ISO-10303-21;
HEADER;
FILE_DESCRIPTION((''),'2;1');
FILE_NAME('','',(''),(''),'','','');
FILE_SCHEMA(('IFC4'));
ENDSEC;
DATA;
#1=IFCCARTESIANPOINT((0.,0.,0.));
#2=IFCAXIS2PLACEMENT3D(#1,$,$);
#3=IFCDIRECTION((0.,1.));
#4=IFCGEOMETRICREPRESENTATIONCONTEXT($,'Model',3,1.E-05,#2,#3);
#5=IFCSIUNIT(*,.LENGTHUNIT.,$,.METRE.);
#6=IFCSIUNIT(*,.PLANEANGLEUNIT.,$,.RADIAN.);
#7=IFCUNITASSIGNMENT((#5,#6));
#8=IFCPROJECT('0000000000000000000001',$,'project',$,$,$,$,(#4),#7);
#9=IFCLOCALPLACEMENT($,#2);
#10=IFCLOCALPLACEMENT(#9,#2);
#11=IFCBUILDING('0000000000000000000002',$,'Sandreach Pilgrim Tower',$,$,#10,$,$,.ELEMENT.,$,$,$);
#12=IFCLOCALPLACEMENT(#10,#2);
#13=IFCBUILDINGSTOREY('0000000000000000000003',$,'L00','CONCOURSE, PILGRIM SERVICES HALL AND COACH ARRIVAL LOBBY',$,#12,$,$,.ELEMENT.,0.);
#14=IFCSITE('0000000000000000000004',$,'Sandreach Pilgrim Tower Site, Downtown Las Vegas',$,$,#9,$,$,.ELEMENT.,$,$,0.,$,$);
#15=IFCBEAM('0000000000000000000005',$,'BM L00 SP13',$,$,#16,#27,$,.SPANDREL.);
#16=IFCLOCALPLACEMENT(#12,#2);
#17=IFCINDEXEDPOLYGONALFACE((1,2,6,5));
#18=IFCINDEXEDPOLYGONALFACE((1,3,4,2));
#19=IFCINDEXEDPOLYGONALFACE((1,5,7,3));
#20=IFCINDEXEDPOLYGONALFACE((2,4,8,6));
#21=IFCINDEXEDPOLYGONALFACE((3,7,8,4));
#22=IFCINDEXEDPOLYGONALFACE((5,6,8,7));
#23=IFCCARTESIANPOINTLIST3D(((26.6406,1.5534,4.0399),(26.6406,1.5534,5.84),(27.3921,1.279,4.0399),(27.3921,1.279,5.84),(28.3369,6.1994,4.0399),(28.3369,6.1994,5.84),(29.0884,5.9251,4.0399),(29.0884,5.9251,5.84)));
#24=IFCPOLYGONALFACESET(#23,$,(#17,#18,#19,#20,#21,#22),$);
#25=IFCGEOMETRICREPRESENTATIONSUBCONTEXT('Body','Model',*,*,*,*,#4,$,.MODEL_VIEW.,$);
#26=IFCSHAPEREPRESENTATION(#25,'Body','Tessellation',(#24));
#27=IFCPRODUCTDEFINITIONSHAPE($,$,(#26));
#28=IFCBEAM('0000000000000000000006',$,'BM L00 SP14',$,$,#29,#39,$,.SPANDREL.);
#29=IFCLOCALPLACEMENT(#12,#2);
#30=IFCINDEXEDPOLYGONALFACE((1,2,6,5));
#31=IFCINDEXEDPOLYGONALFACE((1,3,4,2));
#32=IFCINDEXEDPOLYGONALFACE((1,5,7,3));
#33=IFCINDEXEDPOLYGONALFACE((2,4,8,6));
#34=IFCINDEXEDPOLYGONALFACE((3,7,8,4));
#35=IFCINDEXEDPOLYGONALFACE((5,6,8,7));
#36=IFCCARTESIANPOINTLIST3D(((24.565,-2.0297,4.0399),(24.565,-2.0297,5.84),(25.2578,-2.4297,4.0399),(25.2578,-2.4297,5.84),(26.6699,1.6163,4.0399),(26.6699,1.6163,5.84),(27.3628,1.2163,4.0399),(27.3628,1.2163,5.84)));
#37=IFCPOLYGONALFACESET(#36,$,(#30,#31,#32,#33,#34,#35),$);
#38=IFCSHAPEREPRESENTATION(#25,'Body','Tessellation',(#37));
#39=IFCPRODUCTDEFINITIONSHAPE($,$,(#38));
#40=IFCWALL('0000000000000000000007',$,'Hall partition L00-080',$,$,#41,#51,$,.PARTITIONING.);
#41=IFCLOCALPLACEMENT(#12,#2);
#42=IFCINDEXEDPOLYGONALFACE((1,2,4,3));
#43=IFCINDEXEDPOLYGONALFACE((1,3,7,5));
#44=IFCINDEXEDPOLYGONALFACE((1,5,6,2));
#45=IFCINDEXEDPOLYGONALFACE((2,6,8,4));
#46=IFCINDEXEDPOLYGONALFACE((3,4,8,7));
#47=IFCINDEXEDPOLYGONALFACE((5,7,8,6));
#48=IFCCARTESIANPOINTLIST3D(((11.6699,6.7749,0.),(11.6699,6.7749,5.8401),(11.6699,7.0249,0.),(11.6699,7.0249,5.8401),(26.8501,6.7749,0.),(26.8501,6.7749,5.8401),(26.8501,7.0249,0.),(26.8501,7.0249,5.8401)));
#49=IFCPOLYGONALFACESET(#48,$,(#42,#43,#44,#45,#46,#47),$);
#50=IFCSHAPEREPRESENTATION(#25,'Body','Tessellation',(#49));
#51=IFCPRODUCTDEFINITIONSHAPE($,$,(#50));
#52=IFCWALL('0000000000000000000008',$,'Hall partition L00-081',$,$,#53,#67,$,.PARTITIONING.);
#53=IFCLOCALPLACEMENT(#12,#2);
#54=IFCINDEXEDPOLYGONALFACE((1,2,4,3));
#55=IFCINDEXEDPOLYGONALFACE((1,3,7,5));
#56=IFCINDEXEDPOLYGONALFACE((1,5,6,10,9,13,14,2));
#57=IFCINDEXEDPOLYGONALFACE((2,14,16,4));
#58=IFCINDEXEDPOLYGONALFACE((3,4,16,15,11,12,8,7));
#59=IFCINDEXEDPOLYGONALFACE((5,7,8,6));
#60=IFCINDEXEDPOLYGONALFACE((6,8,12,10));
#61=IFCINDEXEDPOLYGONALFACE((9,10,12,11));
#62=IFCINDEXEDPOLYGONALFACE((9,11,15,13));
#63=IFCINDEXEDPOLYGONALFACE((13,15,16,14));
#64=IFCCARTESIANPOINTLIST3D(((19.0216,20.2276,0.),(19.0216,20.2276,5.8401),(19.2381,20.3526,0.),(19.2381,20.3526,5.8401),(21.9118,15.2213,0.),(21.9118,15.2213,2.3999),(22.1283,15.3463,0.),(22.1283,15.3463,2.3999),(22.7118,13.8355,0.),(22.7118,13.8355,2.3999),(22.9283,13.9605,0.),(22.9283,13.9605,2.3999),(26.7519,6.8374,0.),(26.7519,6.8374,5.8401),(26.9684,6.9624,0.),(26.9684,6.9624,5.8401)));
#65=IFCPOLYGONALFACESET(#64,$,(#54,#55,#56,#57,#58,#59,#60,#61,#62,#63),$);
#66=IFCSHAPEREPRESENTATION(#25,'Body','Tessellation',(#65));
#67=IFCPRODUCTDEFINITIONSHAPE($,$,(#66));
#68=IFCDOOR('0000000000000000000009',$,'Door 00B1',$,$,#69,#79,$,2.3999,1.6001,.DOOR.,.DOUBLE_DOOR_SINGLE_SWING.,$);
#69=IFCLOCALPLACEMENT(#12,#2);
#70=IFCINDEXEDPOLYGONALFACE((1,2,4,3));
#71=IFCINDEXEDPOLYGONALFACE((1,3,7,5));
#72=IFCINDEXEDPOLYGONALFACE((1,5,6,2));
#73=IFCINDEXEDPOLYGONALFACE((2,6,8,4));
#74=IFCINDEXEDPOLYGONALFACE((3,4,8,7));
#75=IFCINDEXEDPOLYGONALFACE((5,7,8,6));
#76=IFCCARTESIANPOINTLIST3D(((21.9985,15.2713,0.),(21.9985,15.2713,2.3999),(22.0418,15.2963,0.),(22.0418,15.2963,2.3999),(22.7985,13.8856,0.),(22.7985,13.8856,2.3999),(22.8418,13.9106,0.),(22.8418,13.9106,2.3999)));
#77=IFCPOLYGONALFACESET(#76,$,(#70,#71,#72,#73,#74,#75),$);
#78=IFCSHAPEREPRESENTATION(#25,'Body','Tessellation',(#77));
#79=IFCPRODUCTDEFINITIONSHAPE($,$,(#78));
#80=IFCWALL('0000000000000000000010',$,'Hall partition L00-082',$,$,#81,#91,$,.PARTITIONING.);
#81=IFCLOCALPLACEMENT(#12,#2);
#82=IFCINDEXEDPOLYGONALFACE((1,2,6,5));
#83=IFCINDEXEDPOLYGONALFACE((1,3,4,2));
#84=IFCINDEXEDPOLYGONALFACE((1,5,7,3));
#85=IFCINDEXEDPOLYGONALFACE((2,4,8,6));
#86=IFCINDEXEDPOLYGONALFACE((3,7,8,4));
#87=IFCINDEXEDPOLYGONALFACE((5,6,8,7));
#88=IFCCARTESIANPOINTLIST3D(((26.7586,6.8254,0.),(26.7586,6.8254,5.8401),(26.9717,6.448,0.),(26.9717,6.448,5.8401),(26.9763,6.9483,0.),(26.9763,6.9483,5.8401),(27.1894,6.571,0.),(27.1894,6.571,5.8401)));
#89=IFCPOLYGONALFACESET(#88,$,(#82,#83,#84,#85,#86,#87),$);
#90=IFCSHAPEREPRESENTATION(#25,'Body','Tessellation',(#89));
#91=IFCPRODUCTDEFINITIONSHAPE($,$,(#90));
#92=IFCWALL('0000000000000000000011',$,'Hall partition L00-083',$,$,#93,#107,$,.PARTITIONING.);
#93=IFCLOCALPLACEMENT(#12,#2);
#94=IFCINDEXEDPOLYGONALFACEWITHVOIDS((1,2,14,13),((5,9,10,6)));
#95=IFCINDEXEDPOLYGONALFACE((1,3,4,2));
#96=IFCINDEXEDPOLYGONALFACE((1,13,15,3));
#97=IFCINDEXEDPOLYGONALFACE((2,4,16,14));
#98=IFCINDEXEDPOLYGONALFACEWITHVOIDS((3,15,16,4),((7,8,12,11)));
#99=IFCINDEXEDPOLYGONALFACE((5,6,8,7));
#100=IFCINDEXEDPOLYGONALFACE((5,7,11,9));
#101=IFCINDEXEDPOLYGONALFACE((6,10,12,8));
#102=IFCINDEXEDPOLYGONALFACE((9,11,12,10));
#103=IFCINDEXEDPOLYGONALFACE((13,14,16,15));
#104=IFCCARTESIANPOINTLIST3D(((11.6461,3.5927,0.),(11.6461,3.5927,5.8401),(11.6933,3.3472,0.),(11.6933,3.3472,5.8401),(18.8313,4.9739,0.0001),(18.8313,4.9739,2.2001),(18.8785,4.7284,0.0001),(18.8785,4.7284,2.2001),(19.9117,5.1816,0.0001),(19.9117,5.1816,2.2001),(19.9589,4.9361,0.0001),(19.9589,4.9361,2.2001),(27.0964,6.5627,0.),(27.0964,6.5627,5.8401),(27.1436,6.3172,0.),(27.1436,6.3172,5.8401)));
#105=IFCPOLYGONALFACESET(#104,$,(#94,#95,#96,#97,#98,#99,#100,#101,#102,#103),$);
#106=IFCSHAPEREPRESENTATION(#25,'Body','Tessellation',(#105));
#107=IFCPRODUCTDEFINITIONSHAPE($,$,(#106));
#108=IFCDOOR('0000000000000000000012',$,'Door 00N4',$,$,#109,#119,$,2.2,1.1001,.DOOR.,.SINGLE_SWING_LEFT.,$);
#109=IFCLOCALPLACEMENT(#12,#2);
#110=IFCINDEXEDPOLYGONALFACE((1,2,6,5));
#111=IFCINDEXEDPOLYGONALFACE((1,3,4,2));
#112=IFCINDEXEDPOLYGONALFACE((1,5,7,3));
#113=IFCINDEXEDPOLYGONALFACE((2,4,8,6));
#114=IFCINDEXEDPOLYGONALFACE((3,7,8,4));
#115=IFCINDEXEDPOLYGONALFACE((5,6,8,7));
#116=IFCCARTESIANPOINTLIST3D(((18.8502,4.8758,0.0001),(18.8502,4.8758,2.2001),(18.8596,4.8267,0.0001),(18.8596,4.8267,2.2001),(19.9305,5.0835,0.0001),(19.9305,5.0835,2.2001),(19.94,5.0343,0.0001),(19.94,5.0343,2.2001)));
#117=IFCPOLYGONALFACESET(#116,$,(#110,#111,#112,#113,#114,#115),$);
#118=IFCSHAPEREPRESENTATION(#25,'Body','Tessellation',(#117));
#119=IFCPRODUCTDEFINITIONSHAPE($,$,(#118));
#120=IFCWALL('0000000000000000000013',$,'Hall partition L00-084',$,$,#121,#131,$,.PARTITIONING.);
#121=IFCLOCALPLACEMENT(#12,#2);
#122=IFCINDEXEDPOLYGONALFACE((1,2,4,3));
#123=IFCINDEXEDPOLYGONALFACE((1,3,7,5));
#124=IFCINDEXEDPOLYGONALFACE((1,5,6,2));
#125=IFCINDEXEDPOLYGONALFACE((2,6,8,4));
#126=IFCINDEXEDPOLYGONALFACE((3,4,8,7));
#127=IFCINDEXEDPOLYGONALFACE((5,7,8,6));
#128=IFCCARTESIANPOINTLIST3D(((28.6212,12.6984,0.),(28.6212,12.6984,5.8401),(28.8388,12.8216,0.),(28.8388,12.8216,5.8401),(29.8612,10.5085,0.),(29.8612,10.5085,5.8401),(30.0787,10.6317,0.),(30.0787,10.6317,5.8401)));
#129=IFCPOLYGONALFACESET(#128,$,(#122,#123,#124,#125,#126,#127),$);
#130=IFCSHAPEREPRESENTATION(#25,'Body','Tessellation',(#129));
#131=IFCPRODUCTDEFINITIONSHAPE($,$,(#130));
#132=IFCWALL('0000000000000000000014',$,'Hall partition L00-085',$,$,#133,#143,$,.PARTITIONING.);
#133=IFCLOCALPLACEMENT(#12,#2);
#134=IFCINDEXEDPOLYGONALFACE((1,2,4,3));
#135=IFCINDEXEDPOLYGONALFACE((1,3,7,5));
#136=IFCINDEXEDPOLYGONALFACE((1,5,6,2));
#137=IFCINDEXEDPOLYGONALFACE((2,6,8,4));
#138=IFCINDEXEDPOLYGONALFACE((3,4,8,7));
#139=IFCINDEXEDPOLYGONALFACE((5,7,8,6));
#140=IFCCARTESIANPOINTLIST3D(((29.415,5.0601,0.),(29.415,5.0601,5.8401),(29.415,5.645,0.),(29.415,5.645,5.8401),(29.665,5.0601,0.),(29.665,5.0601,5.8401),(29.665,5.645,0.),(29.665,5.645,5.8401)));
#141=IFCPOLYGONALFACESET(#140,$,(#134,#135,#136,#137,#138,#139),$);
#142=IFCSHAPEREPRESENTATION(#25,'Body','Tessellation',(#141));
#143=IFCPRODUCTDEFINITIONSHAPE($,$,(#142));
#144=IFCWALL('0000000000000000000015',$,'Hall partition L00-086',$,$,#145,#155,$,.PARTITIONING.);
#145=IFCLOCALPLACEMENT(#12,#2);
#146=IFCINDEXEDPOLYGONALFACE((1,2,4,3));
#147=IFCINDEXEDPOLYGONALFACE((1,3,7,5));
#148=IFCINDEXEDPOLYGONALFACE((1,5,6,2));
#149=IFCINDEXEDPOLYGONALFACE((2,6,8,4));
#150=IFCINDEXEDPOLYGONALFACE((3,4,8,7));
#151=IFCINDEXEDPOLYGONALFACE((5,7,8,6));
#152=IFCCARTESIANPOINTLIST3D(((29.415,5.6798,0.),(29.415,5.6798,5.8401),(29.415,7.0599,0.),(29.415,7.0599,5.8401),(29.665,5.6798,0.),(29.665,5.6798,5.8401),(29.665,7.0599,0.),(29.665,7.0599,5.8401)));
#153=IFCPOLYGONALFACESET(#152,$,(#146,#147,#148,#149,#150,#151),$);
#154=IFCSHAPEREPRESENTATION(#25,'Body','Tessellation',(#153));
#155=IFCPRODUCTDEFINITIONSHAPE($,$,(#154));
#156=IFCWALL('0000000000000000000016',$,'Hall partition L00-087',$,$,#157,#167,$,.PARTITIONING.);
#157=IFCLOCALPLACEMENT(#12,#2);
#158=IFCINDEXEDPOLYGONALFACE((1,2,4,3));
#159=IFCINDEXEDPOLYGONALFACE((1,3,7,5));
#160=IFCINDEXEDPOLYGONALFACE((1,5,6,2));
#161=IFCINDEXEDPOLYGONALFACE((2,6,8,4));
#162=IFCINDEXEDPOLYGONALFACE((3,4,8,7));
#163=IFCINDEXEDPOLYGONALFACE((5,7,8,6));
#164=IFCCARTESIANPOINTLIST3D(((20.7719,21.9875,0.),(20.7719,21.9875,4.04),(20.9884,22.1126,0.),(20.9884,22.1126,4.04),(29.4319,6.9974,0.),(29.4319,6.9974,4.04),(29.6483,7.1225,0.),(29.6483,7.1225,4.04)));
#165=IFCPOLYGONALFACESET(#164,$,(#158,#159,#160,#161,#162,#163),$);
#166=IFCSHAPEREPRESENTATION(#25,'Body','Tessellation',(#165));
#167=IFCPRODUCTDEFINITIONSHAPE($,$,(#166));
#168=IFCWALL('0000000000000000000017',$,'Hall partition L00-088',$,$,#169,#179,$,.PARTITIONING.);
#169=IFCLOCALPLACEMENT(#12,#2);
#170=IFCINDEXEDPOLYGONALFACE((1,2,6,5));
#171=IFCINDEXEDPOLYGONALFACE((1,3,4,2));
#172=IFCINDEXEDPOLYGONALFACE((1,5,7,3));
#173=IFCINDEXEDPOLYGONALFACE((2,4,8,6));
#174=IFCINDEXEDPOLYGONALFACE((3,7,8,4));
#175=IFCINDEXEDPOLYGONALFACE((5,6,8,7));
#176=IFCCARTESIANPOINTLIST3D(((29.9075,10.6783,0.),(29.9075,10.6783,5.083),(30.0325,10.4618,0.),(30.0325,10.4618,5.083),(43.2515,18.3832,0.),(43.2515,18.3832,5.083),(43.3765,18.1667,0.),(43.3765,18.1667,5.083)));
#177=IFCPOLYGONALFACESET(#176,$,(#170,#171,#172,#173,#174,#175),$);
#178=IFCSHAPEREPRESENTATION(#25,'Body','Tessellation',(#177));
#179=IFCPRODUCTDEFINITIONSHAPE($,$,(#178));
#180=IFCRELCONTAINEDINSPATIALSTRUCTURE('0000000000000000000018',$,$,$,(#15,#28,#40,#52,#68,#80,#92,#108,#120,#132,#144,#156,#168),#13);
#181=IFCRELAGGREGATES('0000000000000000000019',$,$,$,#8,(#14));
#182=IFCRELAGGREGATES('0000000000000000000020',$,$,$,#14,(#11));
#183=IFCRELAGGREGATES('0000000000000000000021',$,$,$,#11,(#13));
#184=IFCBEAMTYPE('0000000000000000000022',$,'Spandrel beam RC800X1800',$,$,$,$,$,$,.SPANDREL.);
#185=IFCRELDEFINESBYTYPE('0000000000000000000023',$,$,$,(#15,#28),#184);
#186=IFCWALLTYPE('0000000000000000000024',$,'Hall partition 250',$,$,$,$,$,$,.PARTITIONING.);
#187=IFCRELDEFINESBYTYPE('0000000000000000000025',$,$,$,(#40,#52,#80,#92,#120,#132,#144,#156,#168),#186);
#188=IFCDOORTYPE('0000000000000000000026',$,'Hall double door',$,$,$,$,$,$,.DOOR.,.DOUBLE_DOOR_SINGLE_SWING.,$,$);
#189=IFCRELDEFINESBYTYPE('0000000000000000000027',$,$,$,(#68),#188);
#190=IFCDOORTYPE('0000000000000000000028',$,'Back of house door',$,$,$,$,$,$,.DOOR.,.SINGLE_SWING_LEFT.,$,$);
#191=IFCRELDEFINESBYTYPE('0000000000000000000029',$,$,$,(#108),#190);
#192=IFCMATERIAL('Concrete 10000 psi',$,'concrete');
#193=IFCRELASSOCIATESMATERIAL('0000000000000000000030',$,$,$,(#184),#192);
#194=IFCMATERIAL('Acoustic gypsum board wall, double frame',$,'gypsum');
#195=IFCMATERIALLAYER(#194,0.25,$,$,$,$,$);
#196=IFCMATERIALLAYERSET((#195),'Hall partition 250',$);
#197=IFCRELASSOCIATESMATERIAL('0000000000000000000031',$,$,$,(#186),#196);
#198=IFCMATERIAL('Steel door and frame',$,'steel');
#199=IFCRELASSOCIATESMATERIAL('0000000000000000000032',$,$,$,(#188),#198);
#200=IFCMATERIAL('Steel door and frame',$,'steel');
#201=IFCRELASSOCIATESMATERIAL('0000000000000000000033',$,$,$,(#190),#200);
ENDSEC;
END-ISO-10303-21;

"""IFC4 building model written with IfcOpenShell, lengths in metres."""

from ifc_helpers import new_model, si_unit, direction, frame, frame_2d, origin, origin_2d, place, context, subcontext, project, spatial, rectangle, extrude, material, layer, layer_set, material_profile, profile_set, type_object, element, fill, save


model = new_model("IFC4")

# Units and contexts
model_context = context("Model", 3, precision=1e-05, world=origin(), true_north=direction((0.0, 1.0)))
body_context = subcontext(model_context, "Body", "Model", "MODEL_VIEW")
ifc_project = project(units=[si_unit("LENGTHUNIT", "METRE"), si_unit("PLANEANGLEUNIT", "RADIAN")], contexts=[model_context])

# Site, building, storey
site_placement = place(None, origin())
site = spatial("IfcSite", under=ifc_project, at=site_placement, Name="Sandreach Pilgrim Tower Site, Downtown Las Vegas", CompositionType="ELEMENT", RefElevation=0.0)
building_placement = place(site_placement, origin())
building = spatial("IfcBuilding", under=site, at=building_placement, Name="Sandreach Pilgrim Tower", CompositionType="ELEMENT")
storey_placement = place(building_placement, origin())
storey = spatial("IfcBuildingStorey", under=building, at=storey_placement, Name="L00", Description="CONCOURSE, PILGRIM SERVICES HALL AND COACH ARRIVAL LOBBY", CompositionType="ELEMENT", Elevation=0.0)

# Beams
ifc_material_1 = material(Name="Concrete 10000 psi", Category="concrete")
ifc_material_profile_1 = material_profile(ifc_material_1, rectangle(XDim=0.8, YDim=1.8, at=origin_2d()), Name="RC800X1800")
ifc_profile_set_1 = profile_set([ifc_material_profile_1], Name="Concrete 10000 psi")
beam_type_1 = type_object("IfcBeamType", Name="Spandrel beam RC800X1800", PredefinedType="SPANDREL", material=ifc_profile_set_1)
beam_1_placement = place(storey_placement, frame((28.7126, 6.0623, 4.9399), z_axis=(-0.342963, -0.939349, 0.0), x_axis=(0.939349, -0.342963, 0.0)))
element("IfcBeam", 1, at=beam_1_placement, inside=storey, type_object=beam_type_1, Name="BM L00 SP13", PredefinedType="SPANDREL", context=body_context, shape_type="SweptSolid", body=[
    extrude(rectangle(XDim=0.8, YDim=1.8, at=origin_2d()), origin(), (0.0, 0.0, 1.0), 4.946),
])
beam_2_placement = place(storey_placement, frame((27.0164, 1.4163, 4.9399), z_axis=(-0.499994, -0.866029, 0.0), x_axis=(0.866029, -0.499994, 0.0)))
element("IfcBeam", 2, at=beam_2_placement, inside=storey, type_object=beam_type_1, Name="BM L00 SP14", PredefinedType="SPANDREL", context=body_context, shape_type="SweptSolid", body=[
    extrude(rectangle(XDim=0.8, YDim=1.8, at=origin_2d()), origin(), (0.0, 0.0, 1.0), 4.21),
])

# Wall
ifc_material_2 = material(Name="Acoustic gypsum board wall, double frame", Category="gypsum")
ifc_layer_1 = layer(ifc_material_2, 0.25)
ifc_layer_set_1 = layer_set([ifc_layer_1], Name="Hall partition 250")
wall_type_1 = type_object("IfcWallType", Name="Hall partition 250", PredefinedType="PARTITIONING", material=ifc_layer_set_1)
wall_1_placement = place(storey_placement, frame((26.8501, 6.8999, 0.0), z_axis=(0.0, 0.0, 1.0), x_axis=(-1.0, 0.0, 0.0)))
element("IfcWall", 3, at=wall_1_placement, inside=storey, type_object=wall_type_1, Name="Hall partition L00-080", PredefinedType="PARTITIONING", context=body_context, shape_type="SweptSolid", body=[
    extrude(rectangle(XDim=15.1802, YDim=0.25, at=frame_2d((7.5901, 0.0))), origin(), (0.0, 0.0, 1.0), 5.8401),
])

# Wall, opening, door
wall_2_placement = place(storey_placement, frame((26.8601, 6.8999, 0.0), z_axis=(0.0, 0.0, 1.0), x_axis=(-0.499972, 0.866041, 0.0)))
wall_2 = element("IfcWall", 4, at=wall_2_placement, inside=storey, type_object=wall_type_1, Name="Hall partition L00-081", PredefinedType="PARTITIONING", context=body_context, shape_type="SweptSolid", body=[
    extrude(rectangle(XDim=15.4614, YDim=0.25, at=frame_2d((7.7307, 0.0))), origin(), (0.0, 0.0, 1.0), 5.8401),
])
opening_1_placement = place(wall_2_placement, frame((8.0806, 0.0, 0.0)))
opening_1 = element("IfcOpeningElement", 5, at=opening_1_placement, cuts=wall_2, PredefinedType="OPENING", context=body_context, shape_type="SweptSolid", body=[
    extrude(rectangle(XDim=1.6001, YDim=2.3999, at=frame_2d((0.8, 1.2))), frame((0.0, 0.125, 0.0), z_axis=(0.0, -1.0, 0.0), x_axis=(1.0, 0.0, 0.0)), (0.0, 0.0, 1.0), 0.25),
])
ifc_material_3 = material(Name="Steel door and frame", Category="steel")
door_type_1 = type_object("IfcDoorType", Name="Hall double door", OperationType="DOUBLE_DOOR_SINGLE_SWING", PredefinedType="DOOR", material=ifc_material_3)
door_1_placement = place(opening_1_placement, origin())
door_1 = element("IfcDoor", 6, at=door_1_placement, inside=storey, type_object=door_type_1, Name="Door 00B1", OperationType="DOUBLE_DOOR_SINGLE_SWING", OverallHeight=2.3999, OverallWidth=1.6001, PredefinedType="DOOR", context=body_context, shape_type="SweptSolid", body=[
    extrude(rectangle(XDim=1.6001, YDim=2.3999, at=frame_2d((0.8, 1.2))), frame((0.0, 0.0249, 0.0), z_axis=(0.0, -1.0, 0.0), x_axis=(1.0, 0.0, 0.0)), (0.0, 0.0, 1.0), 0.05),
])
fill(opening_1, door_1)

# Wall
wall_3_placement = place(storey_placement, frame((26.8674, 6.887, 0.0), z_axis=(0.0, 0.0, 1.0), x_axis=(0.491705, -0.870762, 0.0)))
element("IfcWall", 7, at=wall_3_placement, inside=storey, type_object=wall_type_1, Name="Hall partition L00-082", PredefinedType="PARTITIONING", context=body_context, shape_type="SweptSolid", body=[
    extrude(rectangle(XDim=0.4333, YDim=0.25, at=frame_2d((0.2168, 0.0))), origin(), (0.0, 0.0, 1.0), 5.8401),
])

# Wall, opening, door
wall_4_placement = place(storey_placement, frame((27.1201, 6.4399, 0.0), z_axis=(0.0, 0.0, 1.0), x_axis=(-0.982021, -0.188773, 0.0)))
wall_4 = element("IfcWall", 8, at=wall_4_placement, inside=storey, type_object=wall_type_1, Name="Hall partition L00-083", PredefinedType="PARTITIONING", context=body_context, shape_type="SweptSolid", body=[
    extrude(rectangle(XDim=15.7332, YDim=0.25, at=frame_2d((7.8667, 0.0))), origin(), (0.0, 0.0, 1.0), 5.8401),
])
opening_2_placement = place(wall_4_placement, frame((7.3164, 0.0, 0.0)))
opening_2 = element("IfcOpeningElement", 9, at=opening_2_placement, cuts=wall_4, PredefinedType="OPENING", context=body_context, shape_type="SweptSolid", body=[
    extrude(rectangle(XDim=1.1001, YDim=2.2, at=frame_2d((0.55, 1.1001))), frame((0.0, 0.125, 0.0), z_axis=(0.0, -1.0, 0.0), x_axis=(1.0, 0.0, 0.0)), (0.0, 0.0, 1.0), 0.25),
])
ifc_material_4 = material(Name="Steel door and frame", Category="steel")
door_type_2 = type_object("IfcDoorType", Name="Back of house door", OperationType="SINGLE_SWING_LEFT", PredefinedType="DOOR", material=ifc_material_4)
door_2_placement = place(opening_2_placement, origin())
door_2 = element("IfcDoor", 10, at=door_2_placement, inside=storey, type_object=door_type_2, Name="Door 00N4", OperationType="SINGLE_SWING_LEFT", OverallHeight=2.2, OverallWidth=1.1001, PredefinedType="DOOR", context=body_context, shape_type="SweptSolid", body=[
    extrude(rectangle(XDim=1.1001, YDim=2.2, at=frame_2d((0.55, 1.1001))), frame((0.0, 0.0249, 0.0), z_axis=(0.0, -1.0, 0.0), x_axis=(1.0, 0.0, 0.0)), (0.0, 0.0, 1.0), 0.05),
])
fill(opening_2, door_2)

# Walls
wall_5_placement = place(storey_placement, frame((28.73, 12.76, 0.0), z_axis=(0.0, 0.0, 1.0), x_axis=(0.492719, -0.870189, 0.0)))
element("IfcWall", 11, at=wall_5_placement, inside=storey, type_object=wall_type_1, Name="Hall partition L00-084", PredefinedType="PARTITIONING", context=body_context, shape_type="SweptSolid", body=[
    extrude(rectangle(XDim=2.5166, YDim=0.25, at=frame_2d((1.2583, 0.0))), origin(), (0.0, 0.0, 1.0), 5.8401),
])
wall_6_placement = place(storey_placement, frame((29.54, 5.0601, 0.0), z_axis=(0.0, 0.0, 1.0), x_axis=(0.0, 1.0, 0.0)))
element("IfcWall", 12, at=wall_6_placement, inside=storey, type_object=wall_type_1, Name="Hall partition L00-085", PredefinedType="PARTITIONING", context=body_context, shape_type="SweptSolid", body=[
    extrude(rectangle(XDim=0.585, YDim=0.25, at=frame_2d((0.2925, 0.0))), origin(), (0.0, 0.0, 1.0), 5.8401),
])
wall_7_placement = place(storey_placement, frame((29.54, 5.6799, 0.0), z_axis=(0.0, 0.0, 1.0), x_axis=(0.0, 1.0, 0.0)))
element("IfcWall", 13, at=wall_7_placement, inside=storey, type_object=wall_type_1, Name="Hall partition L00-086", PredefinedType="PARTITIONING", context=body_context, shape_type="SweptSolid", body=[
    extrude(rectangle(XDim=1.3801, YDim=0.25, at=frame_2d((0.6899, 0.0))), origin(), (0.0, 0.0, 1.0), 5.8401),
])
wall_8_placement = place(storey_placement, frame((29.54, 7.0601, 0.0), z_axis=(0.0, 0.0, 1.0), x_axis=(-0.500236, 0.865889, 0.0)))
element("IfcWall", 14, at=wall_8_placement, inside=storey, type_object=wall_type_1, Name="Hall partition L00-087", PredefinedType="PARTITIONING", context=body_context, shape_type="SweptSolid", body=[
    extrude(rectangle(XDim=17.3118, YDim=0.25, at=frame_2d((8.6558, 0.0))), origin(), (0.0, 0.0, 1.0), 4.04),
])
wall_9_placement = place(storey_placement, frame((29.97, 10.5701, 0.0), z_axis=(0.0, 0.0, 1.0), x_axis=(0.866006, 0.500033, 0.0)))
element("IfcWall", 15, at=wall_9_placement, inside=storey, type_object=wall_type_1, Name="Hall partition L00-088", PredefinedType="PARTITIONING", context=body_context, shape_type="SweptSolid", body=[
    extrude(rectangle(XDim=15.4087, YDim=0.25, at=frame_2d((7.7043, 0.0))), origin(), (0.0, 0.0, 1.0), 5.083),
])

save(model, "model.ifc")
